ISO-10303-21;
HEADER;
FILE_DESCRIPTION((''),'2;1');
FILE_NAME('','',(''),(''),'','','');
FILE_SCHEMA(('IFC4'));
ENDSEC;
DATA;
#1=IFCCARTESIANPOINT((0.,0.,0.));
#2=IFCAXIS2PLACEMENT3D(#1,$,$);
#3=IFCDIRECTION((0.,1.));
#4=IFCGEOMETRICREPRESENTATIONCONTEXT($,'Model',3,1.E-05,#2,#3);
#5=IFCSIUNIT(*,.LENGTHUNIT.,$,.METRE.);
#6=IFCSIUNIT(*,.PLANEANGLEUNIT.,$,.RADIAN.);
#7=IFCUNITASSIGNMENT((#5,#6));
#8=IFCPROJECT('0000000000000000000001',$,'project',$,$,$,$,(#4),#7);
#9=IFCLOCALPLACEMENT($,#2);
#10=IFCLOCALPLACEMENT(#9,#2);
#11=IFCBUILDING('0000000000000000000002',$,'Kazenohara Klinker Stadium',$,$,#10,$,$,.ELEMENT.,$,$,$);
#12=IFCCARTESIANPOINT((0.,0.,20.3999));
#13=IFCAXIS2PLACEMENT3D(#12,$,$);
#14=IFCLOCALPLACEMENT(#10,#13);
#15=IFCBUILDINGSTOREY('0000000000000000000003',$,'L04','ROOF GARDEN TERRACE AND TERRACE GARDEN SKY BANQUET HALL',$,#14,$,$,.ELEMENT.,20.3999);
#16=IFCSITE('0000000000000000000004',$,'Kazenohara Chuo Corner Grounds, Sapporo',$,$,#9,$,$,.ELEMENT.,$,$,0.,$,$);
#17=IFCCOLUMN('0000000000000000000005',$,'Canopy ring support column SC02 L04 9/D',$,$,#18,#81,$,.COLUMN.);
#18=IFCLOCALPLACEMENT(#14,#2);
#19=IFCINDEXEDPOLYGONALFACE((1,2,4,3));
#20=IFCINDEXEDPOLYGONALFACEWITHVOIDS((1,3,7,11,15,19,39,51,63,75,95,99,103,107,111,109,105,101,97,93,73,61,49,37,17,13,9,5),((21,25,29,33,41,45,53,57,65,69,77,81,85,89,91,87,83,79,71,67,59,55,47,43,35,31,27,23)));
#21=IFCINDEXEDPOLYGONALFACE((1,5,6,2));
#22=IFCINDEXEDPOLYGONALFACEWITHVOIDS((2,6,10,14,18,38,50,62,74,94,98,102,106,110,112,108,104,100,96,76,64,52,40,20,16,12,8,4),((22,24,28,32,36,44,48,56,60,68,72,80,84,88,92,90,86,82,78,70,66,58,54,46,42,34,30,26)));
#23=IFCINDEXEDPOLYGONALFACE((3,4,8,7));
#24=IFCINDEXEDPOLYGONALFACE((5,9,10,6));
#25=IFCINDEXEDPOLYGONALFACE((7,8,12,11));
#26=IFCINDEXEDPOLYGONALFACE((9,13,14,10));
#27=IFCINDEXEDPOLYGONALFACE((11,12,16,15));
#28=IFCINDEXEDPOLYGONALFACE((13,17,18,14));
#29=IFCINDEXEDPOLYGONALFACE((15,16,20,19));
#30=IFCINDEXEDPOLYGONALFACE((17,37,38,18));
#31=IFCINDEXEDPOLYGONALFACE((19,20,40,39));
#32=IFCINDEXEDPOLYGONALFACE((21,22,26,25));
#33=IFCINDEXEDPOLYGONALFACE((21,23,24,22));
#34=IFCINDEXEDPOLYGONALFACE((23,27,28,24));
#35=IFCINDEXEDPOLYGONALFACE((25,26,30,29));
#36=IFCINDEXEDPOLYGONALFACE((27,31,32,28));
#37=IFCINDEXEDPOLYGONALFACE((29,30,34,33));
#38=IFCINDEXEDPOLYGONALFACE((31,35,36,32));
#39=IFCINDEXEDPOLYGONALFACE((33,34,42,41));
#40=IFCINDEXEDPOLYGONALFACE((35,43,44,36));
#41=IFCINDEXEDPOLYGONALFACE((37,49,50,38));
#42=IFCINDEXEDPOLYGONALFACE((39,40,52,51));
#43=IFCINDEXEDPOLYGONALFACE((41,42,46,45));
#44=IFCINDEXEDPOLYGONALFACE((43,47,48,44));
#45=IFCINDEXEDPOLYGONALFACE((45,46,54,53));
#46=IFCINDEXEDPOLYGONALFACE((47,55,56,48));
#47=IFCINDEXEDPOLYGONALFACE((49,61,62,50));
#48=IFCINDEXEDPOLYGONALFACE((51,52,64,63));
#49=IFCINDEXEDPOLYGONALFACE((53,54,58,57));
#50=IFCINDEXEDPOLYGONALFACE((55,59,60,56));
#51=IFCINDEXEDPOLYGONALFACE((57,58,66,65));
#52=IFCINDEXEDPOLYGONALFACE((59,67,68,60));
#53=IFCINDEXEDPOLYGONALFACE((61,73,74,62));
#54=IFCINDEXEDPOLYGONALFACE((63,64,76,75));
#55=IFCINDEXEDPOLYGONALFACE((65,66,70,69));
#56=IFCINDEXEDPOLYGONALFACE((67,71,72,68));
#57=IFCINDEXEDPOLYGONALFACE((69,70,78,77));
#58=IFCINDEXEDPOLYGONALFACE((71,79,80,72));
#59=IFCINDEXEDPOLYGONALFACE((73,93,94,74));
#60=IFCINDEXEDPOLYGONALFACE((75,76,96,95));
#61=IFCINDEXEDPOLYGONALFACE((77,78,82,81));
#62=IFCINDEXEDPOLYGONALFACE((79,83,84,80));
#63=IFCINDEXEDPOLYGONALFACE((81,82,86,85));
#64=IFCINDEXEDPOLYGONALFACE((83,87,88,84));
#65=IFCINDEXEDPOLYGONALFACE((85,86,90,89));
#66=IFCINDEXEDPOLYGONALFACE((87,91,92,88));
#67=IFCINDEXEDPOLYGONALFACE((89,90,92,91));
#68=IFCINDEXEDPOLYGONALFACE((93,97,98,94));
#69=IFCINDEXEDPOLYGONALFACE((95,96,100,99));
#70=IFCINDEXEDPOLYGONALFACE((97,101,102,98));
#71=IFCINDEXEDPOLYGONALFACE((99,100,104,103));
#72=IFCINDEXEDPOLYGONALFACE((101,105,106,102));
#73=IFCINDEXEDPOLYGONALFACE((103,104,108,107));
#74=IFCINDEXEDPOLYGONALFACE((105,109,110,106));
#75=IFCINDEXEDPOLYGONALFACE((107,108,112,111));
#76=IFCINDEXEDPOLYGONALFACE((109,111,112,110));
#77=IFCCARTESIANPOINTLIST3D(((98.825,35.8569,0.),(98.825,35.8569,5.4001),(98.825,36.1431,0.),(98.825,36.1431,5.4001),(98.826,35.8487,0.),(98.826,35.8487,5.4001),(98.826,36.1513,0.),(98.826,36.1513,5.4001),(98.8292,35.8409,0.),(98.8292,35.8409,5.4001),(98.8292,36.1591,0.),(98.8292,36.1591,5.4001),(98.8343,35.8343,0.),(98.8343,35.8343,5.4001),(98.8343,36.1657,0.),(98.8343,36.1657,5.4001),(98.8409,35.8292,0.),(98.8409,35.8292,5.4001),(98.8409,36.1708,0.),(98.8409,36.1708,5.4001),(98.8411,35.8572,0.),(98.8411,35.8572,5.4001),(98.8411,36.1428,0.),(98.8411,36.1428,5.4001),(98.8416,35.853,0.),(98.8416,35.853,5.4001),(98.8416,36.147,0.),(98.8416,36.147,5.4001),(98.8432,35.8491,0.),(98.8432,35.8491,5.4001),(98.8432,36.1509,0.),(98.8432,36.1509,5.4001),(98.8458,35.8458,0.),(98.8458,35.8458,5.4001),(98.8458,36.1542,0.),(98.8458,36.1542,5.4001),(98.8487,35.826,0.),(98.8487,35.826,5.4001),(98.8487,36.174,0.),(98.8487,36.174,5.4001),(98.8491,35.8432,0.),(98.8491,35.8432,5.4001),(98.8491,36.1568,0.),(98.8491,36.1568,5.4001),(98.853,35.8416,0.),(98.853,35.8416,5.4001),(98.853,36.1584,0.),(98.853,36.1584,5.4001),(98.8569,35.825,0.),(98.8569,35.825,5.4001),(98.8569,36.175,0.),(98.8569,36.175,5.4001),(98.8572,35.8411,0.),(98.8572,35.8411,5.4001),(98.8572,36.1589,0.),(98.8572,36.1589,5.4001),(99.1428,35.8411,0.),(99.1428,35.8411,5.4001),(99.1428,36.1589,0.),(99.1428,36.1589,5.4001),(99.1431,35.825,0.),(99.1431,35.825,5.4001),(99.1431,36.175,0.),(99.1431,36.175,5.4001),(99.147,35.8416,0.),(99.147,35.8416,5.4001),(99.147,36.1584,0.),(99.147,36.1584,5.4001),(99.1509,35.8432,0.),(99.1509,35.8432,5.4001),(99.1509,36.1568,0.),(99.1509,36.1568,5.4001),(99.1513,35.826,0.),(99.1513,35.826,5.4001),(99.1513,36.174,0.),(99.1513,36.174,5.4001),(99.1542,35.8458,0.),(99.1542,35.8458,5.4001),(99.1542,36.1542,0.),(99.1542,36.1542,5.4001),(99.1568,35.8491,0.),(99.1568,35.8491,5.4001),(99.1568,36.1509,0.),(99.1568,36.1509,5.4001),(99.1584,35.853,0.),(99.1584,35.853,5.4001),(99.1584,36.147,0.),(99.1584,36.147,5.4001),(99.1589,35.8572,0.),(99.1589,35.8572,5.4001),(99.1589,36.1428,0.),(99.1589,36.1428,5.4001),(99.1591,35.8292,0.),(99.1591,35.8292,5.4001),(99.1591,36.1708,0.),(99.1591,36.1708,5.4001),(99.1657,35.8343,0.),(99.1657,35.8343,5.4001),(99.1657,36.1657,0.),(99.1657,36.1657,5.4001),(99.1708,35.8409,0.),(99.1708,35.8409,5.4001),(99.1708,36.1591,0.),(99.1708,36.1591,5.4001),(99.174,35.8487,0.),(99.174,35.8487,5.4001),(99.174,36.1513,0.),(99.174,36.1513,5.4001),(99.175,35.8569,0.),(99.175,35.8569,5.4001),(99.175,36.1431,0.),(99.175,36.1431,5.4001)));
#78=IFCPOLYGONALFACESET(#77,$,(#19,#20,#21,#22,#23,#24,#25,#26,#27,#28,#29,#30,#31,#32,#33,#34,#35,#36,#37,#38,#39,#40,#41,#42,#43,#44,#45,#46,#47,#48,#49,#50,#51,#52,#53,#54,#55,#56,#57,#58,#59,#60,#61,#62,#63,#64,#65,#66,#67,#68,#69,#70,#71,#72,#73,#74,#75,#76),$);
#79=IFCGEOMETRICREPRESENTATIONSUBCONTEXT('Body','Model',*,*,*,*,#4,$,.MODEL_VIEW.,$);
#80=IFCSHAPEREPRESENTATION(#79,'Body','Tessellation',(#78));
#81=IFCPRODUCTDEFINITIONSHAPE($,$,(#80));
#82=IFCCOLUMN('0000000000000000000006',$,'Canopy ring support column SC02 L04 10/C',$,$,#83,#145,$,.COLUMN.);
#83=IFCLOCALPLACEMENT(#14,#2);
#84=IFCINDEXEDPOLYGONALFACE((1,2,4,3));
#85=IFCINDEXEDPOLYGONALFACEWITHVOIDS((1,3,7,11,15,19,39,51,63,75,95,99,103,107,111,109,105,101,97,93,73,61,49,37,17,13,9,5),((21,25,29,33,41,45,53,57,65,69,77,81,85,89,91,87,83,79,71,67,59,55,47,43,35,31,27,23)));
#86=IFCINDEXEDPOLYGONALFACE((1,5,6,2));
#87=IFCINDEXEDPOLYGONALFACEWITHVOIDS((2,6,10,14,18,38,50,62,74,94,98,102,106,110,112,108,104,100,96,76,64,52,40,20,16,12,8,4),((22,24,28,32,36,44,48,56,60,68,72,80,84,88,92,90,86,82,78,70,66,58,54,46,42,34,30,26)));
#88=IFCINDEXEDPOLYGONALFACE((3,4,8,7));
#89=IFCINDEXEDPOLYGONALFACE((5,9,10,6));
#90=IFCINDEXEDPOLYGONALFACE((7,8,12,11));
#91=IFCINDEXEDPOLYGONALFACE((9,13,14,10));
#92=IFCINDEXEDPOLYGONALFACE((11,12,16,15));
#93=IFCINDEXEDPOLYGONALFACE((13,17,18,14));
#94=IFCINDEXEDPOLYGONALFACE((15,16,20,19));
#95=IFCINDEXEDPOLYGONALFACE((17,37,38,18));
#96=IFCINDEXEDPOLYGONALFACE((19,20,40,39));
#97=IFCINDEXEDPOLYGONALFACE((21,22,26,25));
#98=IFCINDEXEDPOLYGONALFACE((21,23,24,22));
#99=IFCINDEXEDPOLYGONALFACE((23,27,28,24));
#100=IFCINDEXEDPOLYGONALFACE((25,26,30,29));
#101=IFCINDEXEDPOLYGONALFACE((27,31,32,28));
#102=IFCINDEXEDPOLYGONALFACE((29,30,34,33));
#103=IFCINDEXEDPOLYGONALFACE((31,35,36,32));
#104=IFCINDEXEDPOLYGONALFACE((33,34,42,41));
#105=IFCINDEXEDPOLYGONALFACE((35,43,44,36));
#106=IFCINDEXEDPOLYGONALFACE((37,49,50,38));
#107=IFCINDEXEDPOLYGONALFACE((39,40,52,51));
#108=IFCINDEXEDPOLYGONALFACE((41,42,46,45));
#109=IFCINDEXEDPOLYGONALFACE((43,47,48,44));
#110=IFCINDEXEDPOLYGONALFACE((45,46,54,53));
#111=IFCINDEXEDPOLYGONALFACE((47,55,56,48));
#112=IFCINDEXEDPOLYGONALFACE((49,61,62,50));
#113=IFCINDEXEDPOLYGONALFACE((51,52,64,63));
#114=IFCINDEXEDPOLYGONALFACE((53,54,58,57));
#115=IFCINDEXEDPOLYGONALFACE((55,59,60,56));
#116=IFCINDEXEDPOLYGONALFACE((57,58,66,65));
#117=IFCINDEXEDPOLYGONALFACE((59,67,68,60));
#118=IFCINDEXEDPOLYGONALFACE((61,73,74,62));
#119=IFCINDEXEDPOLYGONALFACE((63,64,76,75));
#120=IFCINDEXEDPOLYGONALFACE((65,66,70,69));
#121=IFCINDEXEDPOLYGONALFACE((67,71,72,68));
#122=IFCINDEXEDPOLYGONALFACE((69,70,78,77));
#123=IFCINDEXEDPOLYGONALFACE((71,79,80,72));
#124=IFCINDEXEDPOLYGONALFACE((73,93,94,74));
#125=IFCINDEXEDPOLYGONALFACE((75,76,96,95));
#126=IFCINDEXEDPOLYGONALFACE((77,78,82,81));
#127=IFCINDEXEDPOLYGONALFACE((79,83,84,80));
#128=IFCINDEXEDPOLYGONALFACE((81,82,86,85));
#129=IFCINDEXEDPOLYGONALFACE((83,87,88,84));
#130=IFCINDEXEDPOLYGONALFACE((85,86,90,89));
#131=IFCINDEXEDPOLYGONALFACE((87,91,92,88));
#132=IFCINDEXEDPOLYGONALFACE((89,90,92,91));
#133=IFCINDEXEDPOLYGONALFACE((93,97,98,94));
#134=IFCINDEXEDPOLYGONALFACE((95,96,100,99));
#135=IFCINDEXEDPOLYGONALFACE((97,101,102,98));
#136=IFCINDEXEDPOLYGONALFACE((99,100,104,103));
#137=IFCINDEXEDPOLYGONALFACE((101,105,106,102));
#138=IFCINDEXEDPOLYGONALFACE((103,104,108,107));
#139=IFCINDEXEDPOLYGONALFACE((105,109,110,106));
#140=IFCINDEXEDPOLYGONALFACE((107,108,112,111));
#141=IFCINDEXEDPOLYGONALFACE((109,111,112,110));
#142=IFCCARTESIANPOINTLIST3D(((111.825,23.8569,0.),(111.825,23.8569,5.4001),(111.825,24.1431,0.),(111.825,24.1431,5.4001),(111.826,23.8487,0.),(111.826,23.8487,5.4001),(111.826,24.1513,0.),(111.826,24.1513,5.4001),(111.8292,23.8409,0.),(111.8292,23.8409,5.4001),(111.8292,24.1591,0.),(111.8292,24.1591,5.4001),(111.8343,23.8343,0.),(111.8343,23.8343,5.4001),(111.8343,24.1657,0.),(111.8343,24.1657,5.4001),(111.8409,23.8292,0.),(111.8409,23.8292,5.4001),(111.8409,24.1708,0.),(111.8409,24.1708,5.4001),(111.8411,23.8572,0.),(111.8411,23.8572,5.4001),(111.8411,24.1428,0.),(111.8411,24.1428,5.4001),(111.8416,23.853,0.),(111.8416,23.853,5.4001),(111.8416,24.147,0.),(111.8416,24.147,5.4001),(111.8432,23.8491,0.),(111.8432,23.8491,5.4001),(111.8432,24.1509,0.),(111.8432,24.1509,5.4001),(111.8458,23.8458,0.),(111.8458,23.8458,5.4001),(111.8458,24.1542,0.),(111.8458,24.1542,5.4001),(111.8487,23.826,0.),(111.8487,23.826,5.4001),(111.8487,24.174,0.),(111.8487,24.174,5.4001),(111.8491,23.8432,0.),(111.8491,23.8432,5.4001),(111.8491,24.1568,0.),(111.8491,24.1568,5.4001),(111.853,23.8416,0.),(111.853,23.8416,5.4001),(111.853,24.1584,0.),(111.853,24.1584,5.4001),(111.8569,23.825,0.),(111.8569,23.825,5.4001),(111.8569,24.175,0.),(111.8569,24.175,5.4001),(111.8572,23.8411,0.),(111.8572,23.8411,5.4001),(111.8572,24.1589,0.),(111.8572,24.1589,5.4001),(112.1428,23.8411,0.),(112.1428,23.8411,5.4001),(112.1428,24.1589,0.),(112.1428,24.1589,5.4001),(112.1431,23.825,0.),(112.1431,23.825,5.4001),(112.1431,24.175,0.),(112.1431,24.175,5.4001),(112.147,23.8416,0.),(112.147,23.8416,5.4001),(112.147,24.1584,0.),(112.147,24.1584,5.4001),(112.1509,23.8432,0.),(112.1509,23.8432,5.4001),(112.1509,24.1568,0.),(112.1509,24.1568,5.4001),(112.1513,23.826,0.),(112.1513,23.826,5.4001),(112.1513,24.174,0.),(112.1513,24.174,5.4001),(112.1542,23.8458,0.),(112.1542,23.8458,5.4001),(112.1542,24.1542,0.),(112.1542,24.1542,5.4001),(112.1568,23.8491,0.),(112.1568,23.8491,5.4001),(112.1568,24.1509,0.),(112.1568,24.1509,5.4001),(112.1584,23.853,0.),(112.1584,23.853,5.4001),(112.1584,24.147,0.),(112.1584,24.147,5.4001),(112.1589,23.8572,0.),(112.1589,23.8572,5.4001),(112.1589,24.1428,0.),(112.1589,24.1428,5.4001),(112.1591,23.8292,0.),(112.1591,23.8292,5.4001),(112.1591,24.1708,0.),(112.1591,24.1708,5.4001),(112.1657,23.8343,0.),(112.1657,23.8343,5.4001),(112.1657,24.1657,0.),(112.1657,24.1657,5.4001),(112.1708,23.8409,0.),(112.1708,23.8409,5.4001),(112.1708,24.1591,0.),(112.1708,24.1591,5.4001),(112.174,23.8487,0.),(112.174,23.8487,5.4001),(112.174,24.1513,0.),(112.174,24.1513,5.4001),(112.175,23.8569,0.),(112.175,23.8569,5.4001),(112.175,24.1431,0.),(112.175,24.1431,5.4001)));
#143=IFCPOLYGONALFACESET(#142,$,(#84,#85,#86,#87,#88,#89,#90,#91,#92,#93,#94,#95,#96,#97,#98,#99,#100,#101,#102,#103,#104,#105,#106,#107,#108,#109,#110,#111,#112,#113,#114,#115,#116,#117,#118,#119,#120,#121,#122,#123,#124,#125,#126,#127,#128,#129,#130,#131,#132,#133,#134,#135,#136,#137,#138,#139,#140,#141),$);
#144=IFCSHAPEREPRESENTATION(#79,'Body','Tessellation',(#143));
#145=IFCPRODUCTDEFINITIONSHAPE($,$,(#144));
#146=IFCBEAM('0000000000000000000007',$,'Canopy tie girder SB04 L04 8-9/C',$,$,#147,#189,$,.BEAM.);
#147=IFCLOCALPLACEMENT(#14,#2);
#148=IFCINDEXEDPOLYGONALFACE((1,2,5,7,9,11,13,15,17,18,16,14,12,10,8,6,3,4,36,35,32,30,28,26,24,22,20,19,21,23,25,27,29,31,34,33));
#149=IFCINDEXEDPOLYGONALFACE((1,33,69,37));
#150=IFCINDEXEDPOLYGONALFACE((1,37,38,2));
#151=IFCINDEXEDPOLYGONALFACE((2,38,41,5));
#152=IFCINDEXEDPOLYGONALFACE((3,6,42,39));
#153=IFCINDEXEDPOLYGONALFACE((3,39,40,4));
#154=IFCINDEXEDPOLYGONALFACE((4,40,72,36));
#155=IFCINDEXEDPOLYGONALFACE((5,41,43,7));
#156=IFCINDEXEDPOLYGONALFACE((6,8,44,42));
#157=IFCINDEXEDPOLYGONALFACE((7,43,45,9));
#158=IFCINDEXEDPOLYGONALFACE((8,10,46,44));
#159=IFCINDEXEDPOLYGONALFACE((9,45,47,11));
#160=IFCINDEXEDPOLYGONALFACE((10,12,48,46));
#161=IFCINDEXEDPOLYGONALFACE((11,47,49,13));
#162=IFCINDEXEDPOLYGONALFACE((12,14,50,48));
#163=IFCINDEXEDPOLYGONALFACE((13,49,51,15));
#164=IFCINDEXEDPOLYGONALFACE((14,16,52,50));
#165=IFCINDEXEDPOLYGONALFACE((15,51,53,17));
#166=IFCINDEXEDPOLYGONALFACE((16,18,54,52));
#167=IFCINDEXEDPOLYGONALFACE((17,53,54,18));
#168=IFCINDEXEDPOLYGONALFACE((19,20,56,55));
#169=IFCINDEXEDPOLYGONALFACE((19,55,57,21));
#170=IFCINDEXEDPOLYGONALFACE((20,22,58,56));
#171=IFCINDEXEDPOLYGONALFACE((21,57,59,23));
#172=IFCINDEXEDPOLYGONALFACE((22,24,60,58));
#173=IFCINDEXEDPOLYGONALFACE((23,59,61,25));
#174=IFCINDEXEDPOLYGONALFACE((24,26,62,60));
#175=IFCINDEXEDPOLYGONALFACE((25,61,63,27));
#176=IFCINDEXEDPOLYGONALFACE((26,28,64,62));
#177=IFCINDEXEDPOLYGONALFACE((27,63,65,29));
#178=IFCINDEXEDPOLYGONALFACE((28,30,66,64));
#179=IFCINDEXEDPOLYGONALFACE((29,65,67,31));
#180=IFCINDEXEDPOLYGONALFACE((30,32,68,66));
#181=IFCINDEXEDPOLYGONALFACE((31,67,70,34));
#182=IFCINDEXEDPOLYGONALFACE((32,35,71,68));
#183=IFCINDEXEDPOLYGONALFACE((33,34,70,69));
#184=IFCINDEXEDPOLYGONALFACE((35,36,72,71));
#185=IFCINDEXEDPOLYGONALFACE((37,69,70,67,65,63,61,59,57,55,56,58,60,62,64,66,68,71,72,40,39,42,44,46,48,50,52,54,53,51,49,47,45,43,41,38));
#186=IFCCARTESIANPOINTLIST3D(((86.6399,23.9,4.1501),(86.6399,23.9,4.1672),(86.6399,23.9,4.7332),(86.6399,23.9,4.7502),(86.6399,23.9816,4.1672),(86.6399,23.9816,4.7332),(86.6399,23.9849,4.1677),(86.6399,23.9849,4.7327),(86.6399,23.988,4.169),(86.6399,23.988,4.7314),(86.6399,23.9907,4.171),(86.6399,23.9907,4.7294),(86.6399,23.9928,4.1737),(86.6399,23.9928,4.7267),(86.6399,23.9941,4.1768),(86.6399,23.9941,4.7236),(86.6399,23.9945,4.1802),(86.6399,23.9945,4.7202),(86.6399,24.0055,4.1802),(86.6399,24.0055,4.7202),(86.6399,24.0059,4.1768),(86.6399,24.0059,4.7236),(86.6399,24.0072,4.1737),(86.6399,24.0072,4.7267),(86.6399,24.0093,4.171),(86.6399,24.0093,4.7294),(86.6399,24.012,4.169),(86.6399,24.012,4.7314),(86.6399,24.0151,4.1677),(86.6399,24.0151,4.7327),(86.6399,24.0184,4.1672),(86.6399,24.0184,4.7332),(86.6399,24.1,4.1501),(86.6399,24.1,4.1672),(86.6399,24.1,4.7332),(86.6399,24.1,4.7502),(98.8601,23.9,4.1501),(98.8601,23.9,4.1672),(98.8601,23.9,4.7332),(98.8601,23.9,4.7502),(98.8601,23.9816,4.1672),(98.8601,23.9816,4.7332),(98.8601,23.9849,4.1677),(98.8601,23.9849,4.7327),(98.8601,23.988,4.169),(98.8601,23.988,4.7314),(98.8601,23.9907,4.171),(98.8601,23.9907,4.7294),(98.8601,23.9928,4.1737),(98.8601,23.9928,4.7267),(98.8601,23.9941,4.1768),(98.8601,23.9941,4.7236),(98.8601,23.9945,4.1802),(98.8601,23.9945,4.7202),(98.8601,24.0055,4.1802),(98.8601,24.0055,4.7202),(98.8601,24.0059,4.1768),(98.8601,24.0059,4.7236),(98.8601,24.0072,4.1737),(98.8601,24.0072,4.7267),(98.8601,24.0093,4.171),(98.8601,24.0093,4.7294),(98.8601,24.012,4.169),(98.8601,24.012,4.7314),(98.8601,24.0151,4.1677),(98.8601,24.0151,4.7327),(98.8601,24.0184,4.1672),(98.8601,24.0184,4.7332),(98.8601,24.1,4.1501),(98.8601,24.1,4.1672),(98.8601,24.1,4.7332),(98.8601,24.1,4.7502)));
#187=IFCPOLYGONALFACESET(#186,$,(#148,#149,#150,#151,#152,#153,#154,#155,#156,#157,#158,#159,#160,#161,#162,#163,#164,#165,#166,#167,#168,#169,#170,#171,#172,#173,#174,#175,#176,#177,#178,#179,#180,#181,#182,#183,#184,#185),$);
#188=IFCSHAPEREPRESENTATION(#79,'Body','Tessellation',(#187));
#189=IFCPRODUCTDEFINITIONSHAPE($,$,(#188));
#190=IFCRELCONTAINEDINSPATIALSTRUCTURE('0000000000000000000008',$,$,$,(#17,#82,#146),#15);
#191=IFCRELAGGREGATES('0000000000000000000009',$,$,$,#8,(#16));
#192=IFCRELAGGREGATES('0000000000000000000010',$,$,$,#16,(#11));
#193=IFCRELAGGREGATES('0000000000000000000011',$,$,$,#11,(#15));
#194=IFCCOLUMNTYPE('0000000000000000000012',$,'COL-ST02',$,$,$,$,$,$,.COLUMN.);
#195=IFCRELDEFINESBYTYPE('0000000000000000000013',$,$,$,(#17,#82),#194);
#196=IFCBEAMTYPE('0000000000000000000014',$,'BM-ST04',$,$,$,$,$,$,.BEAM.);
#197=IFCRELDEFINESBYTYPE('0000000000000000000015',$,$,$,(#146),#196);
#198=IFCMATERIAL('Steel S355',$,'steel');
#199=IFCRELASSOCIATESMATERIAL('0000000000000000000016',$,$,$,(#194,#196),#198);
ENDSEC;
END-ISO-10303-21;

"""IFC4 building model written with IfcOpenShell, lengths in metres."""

from ifc_helpers import new_model, si_unit, direction, frame, origin, origin_2d, place, context, subcontext, project, spatial, hollow_rectangle, i_section, extrude, material, material_profile, profile_set, type_object, element, save


model = new_model("IFC4")

# Units and contexts
model_context = context("Model", 3, precision=1e-05, world=origin(), true_north=direction((0.0, 1.0)))
body_context = subcontext(model_context, "Body", "Model", "MODEL_VIEW")
ifc_project = project(units=[si_unit("LENGTHUNIT", "METRE"), si_unit("PLANEANGLEUNIT", "RADIAN")], contexts=[model_context])

# Site, building, storey
site_placement = place(None, origin())
site = spatial("IfcSite", under=ifc_project, at=site_placement, Name="Kazenohara Chuo Corner Grounds, Sapporo", CompositionType="ELEMENT", RefElevation=0.0)
building_placement = place(site_placement, origin())
building = spatial("IfcBuilding", under=site, at=building_placement, Name="Kazenohara Klinker Stadium", CompositionType="ELEMENT")
storey_placement = place(building_placement, frame((0.0, 0.0, 20.3999)))
storey = spatial("IfcBuildingStorey", under=building, at=storey_placement, Name="L04", Description="ROOF GARDEN TERRACE AND TERRACE GARDEN SKY BANQUET HALL", CompositionType="ELEMENT", Elevation=20.3999)

# Columns
ifc_material_1 = material(Name="Steel S355", Category="steel")
ifc_material_profile_1 = material_profile(ifc_material_1, hollow_rectangle(XDim=0.3501, YDim=0.3501, WallThickness=0.0161, InnerFilletRadius=0.0161, OuterFilletRadius=0.032, at=origin_2d()), Name="SHS-350x350x16")
ifc_profile_set_1 = profile_set([ifc_material_profile_1], Name="Steel S355")
column_type_1 = type_object("IfcColumnType", Name="COL-ST02", PredefinedType="COLUMN", material=ifc_profile_set_1)
for number, where, z_axis, x_axis, name in (
    (1, (99.0, 36.0, 0.0), (0.0, 0.0, 1.0), (1.0, 0.0, 0.0), "Canopy ring support column SC02 L04 9/D"),
    (2, (112.0, 24.0, 0.0), (0.0, 0.0, 1.0), (1.0, 0.0, 0.0), "Canopy ring support column SC02 L04 10/C"),
):
    element("IfcColumn", number, at=place(storey_placement, frame(where, z_axis=z_axis, x_axis=x_axis)), inside=storey, type_object=column_type_1, Name=name, PredefinedType="COLUMN", context=body_context, shape_type="SweptSolid", body=[
        extrude(hollow_rectangle(XDim=0.3501, YDim=0.3501, WallThickness=0.0161, InnerFilletRadius=0.0161, OuterFilletRadius=0.032, at=origin_2d()), origin(), (0.0, 0.0, 1.0), 5.4001),
    ])

# Beam
ifc_material_profile_2 = material_profile(ifc_material_1, i_section(OverallWidth=0.2, OverallDepth=0.6001, WebThickness=0.011, FlangeThickness=0.0171, FilletRadius=0.0129, at=origin_2d()), Name="H-600x200x11x17")
ifc_profile_set_2 = profile_set([ifc_material_profile_2], Name="Steel S355")
beam_type = type_object("IfcBeamType", Name="BM-ST04", PredefinedType="BEAM", material=ifc_profile_set_2)
for number, where, z_axis, x_axis, name in (
    (3, (86.6399, 24.0, 4.4502), (1.0, 0.0, 0.0), (0.0, 1.0, 0.0), "Canopy tie girder SB04 L04 8-9/C"),
):
    element("IfcBeam", number, at=place(storey_placement, frame(where, z_axis=z_axis, x_axis=x_axis)), inside=storey, type_object=beam_type, Name=name, PredefinedType="BEAM", context=body_context, shape_type="SweptSolid", body=[
        extrude(i_section(OverallWidth=0.2, OverallDepth=0.6001, WebThickness=0.011, FlangeThickness=0.0171, FilletRadius=0.0129, at=origin_2d()), origin(), (0.0, 0.0, 1.0), 12.2202),
    ])

save(model, "model.ifc")
